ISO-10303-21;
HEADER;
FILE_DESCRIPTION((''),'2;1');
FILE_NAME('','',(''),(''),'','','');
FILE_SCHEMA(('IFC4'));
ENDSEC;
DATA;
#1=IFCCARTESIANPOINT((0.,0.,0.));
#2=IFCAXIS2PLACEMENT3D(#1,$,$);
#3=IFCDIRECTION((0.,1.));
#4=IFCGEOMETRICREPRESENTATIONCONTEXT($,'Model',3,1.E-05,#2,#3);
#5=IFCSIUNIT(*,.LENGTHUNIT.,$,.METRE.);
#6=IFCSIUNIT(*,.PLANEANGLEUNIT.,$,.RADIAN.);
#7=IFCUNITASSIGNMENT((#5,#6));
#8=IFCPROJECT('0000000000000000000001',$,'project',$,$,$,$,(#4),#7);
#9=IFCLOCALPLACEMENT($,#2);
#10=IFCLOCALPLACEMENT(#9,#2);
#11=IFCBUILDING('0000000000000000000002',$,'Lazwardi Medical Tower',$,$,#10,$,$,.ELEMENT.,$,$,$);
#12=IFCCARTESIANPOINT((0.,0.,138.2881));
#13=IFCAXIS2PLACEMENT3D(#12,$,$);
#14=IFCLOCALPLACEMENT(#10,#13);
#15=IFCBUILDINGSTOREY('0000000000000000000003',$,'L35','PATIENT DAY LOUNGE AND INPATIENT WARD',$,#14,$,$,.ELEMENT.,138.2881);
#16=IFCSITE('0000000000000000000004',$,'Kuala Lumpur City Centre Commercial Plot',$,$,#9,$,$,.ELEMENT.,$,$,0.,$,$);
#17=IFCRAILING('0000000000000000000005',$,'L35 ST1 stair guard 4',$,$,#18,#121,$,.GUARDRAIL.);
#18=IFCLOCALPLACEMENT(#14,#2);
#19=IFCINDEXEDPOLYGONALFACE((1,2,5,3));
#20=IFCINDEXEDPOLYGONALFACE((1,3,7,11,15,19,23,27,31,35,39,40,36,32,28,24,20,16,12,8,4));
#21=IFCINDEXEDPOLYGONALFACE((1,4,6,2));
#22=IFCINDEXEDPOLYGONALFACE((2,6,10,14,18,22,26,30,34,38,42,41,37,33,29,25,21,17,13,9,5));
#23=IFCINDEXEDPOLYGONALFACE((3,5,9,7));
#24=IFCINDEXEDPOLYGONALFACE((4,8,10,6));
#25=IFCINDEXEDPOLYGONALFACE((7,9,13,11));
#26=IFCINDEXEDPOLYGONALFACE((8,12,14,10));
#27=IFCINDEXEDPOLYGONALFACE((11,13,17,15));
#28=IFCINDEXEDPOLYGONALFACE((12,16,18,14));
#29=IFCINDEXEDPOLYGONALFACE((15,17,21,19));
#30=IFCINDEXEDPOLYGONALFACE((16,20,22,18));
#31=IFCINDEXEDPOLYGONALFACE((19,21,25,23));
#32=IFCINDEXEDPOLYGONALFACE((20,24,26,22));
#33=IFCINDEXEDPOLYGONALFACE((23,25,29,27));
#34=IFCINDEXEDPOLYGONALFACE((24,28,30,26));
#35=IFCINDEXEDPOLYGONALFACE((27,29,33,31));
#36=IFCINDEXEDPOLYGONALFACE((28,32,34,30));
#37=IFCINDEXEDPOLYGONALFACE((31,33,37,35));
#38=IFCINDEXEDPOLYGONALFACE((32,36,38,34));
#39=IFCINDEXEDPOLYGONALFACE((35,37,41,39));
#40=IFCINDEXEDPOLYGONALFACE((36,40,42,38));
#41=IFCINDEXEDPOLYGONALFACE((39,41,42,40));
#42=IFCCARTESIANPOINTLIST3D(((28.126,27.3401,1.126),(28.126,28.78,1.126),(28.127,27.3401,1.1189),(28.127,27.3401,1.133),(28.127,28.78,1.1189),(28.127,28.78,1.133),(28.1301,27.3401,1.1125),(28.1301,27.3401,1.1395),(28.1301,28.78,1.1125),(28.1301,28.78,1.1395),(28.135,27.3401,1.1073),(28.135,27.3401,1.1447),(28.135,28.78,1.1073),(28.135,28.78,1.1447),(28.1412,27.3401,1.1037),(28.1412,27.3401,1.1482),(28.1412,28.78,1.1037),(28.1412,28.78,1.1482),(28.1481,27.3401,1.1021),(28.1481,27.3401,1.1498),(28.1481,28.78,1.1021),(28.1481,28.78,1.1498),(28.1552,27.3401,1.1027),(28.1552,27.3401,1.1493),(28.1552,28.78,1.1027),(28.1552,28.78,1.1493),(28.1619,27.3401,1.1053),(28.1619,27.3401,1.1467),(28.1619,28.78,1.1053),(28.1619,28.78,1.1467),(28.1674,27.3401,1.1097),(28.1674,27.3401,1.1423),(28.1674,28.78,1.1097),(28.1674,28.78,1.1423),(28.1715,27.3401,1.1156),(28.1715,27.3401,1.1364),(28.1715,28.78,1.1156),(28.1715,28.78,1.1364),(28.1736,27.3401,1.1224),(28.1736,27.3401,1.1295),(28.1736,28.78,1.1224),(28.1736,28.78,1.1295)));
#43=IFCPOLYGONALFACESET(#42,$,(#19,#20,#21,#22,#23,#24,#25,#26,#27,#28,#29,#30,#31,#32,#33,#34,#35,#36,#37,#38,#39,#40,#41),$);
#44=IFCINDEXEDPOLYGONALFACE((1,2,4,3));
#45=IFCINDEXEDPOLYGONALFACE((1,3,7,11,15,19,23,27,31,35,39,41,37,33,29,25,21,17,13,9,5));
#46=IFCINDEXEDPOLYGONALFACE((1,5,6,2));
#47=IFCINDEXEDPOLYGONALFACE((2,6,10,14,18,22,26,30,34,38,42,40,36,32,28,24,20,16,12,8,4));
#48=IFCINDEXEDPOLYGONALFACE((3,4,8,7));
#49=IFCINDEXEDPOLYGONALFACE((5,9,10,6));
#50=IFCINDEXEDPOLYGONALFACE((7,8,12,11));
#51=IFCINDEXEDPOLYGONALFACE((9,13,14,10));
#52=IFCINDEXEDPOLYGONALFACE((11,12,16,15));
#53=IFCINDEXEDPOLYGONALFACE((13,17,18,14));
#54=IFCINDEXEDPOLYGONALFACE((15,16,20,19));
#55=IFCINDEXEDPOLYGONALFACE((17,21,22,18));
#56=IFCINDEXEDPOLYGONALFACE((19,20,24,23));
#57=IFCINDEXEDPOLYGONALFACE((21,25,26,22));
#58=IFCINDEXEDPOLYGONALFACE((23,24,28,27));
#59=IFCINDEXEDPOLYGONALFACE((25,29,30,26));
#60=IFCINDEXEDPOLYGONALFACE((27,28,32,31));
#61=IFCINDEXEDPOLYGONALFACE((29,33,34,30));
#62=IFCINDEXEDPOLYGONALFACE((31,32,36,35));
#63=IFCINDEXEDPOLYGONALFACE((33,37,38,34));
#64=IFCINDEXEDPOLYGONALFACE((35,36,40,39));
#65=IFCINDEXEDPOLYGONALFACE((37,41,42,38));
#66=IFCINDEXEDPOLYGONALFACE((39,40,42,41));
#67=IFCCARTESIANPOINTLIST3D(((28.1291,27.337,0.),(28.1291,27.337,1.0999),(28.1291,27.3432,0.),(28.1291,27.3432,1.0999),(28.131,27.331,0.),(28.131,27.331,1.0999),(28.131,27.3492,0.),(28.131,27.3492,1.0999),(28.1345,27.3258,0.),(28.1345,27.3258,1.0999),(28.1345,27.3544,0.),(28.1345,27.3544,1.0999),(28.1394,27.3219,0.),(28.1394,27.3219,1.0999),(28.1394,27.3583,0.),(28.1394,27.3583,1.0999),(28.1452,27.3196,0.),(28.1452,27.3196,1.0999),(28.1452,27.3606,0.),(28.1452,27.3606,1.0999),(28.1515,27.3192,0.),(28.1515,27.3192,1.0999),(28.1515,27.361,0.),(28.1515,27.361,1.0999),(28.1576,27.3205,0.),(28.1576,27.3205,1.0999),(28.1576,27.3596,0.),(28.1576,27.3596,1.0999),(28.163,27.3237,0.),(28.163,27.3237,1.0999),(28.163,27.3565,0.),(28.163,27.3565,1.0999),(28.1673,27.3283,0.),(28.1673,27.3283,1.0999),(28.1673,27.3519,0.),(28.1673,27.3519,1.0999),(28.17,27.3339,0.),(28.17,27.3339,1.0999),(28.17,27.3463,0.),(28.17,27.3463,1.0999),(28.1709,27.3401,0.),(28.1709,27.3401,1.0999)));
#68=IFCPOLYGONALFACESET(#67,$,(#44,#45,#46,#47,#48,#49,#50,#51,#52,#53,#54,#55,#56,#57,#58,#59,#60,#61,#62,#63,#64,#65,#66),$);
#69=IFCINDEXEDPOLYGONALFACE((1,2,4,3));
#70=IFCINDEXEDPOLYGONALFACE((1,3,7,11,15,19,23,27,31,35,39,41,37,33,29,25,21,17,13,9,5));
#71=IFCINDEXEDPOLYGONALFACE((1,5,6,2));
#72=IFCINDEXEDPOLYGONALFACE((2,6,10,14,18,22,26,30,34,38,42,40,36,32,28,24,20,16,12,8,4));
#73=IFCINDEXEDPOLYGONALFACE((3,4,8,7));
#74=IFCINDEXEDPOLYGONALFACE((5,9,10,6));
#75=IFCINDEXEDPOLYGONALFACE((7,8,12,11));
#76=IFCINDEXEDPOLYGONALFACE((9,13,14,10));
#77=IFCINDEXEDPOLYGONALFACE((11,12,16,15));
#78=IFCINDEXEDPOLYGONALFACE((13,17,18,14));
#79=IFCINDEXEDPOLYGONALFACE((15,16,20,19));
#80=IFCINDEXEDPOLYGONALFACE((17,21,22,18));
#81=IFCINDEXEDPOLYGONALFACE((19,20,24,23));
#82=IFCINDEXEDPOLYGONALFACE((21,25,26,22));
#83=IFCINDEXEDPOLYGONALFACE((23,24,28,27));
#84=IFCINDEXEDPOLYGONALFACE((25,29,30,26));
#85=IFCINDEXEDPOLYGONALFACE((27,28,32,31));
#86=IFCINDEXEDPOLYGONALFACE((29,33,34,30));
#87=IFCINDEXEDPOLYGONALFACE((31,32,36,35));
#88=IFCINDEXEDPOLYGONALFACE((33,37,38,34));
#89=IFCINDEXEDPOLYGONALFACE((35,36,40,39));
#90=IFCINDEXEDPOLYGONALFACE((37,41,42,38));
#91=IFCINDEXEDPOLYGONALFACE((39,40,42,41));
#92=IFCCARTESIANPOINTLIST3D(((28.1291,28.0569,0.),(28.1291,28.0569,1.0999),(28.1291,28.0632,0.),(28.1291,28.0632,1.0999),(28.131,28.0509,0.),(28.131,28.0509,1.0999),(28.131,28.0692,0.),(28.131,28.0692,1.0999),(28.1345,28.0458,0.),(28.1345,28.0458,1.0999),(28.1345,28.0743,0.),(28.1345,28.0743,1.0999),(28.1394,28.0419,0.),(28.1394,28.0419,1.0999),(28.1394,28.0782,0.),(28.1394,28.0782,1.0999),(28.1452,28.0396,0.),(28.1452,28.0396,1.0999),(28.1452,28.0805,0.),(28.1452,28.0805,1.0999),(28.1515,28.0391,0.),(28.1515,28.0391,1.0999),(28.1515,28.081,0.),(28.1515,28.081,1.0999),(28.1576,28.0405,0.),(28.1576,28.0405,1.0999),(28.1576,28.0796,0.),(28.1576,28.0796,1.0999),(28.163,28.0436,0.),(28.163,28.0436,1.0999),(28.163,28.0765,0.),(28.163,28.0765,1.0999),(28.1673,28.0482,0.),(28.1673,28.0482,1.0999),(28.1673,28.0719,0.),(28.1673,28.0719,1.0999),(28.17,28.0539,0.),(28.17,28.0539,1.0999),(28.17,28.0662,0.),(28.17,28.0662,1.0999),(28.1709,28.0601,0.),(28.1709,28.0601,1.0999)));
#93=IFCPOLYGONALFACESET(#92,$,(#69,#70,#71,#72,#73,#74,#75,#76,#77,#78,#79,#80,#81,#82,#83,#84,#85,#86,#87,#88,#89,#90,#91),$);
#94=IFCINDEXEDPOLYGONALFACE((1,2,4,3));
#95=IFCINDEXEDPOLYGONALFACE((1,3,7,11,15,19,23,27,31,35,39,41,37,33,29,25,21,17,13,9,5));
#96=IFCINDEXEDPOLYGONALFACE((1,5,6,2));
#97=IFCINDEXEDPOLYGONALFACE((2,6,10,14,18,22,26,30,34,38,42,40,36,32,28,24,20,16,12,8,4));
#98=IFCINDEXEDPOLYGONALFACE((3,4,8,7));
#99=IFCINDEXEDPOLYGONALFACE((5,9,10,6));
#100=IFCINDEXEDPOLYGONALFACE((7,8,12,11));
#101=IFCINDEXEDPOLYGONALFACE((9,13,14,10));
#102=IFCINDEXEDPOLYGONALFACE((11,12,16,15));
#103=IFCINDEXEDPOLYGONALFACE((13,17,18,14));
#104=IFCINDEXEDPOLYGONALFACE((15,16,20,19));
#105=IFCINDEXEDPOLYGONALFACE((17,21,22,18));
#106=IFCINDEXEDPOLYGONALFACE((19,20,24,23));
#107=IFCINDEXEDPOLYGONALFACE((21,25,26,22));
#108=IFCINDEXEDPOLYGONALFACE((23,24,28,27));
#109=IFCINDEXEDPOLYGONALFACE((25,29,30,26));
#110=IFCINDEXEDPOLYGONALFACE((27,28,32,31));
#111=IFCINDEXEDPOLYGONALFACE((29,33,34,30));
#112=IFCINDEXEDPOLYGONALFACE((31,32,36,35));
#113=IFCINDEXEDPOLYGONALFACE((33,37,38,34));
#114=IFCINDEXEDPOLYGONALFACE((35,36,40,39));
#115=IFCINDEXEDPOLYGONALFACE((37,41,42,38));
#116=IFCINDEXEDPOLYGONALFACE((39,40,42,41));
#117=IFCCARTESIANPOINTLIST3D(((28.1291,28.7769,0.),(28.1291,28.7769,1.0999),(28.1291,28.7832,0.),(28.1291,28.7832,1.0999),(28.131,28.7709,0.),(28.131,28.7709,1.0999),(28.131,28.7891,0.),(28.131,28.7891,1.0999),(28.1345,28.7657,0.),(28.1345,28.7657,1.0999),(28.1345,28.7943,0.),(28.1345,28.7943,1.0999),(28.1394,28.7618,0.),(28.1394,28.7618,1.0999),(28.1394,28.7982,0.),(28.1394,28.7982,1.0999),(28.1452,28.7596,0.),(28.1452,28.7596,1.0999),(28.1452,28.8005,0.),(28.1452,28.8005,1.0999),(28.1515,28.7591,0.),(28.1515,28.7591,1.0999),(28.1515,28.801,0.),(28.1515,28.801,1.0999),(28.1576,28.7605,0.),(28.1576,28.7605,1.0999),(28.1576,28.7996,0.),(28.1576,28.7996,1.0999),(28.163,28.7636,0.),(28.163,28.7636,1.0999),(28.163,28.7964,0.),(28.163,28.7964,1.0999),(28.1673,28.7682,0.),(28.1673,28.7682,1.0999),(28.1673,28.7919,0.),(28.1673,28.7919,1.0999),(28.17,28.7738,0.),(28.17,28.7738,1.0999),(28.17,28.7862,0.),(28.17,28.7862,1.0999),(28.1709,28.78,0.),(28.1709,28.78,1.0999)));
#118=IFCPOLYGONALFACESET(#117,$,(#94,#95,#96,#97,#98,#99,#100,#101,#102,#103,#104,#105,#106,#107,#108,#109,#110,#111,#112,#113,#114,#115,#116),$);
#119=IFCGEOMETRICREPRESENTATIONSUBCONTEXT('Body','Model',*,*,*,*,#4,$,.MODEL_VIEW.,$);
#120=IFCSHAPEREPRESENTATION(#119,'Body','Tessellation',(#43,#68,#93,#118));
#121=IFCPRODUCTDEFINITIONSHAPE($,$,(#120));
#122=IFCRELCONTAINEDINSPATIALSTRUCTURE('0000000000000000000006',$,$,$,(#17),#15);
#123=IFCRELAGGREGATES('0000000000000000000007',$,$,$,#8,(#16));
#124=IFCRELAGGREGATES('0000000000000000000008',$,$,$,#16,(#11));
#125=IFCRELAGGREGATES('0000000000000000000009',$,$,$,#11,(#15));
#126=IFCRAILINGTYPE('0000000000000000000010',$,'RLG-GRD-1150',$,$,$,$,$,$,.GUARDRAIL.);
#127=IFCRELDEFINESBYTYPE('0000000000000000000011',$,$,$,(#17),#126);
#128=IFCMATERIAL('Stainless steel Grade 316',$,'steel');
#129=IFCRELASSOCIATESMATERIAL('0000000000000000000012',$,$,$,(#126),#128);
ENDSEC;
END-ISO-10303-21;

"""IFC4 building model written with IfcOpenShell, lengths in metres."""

from ifc_helpers import new_model, si_unit, direction, frame, origin, origin_2d, place, context, subcontext, project, spatial, circle, extrude, material, type_object, element, save


model = new_model("IFC4")

# Units and contexts
model_context = context("Model", 3, precision=1e-05, world=origin(), true_north=direction((0.0, 1.0)))
body_context = subcontext(model_context, "Body", "Model", "MODEL_VIEW")
ifc_project = project(units=[si_unit("LENGTHUNIT", "METRE"), si_unit("PLANEANGLEUNIT", "RADIAN")], contexts=[model_context])

# Site, building, storey
site_placement = place(None, origin())
site = spatial("IfcSite", under=ifc_project, at=site_placement, Name="Kuala Lumpur City Centre Commercial Plot", CompositionType="ELEMENT", RefElevation=0.0)
building_placement = place(site_placement, origin())
building = spatial("IfcBuilding", under=site, at=building_placement, Name="Lazwardi Medical Tower", CompositionType="ELEMENT")
storey_placement = place(building_placement, frame((0.0, 0.0, 138.2881)))
storey = spatial("IfcBuildingStorey", under=building, at=storey_placement, Name="L35", Description="PATIENT DAY LOUNGE AND INPATIENT WARD", CompositionType="ELEMENT", Elevation=138.2881)

# Railing
ifc_material_1 = material(Name="Stainless steel Grade 316", Category="steel")
railing_type_1 = type_object("IfcRailingType", Name="RLG-GRD-1150", PredefinedType="GUARDRAIL", material=ifc_material_1)
railing_1_placement = place(storey_placement, frame((28.1499, 27.3401, 0.0)))
element("IfcRailing", 1, at=railing_1_placement, inside=storey, type_object=railing_type_1, Name="L35 ST1 stair guard 4", PredefinedType="GUARDRAIL", context=body_context, shape_type="SweptSolid", body=[
    extrude(circle(Radius=0.0239, at=origin_2d()), frame((0.0, 0.0, 1.126), z_axis=(0.0, 1.0, 0.0), x_axis=(-1.0, 0.0, 0.0)), (0.0, 0.0, 1.0), 1.4399),
    extrude(circle(Radius=0.021, at=origin_2d()), origin(), (0.0, 0.0, 1.0), 1.0999),
    extrude(circle(Radius=0.021, at=origin_2d()), frame((0.0, 0.72, 0.0)), (0.0, 0.0, 1.0), 1.0999),
    extrude(circle(Radius=0.021, at=origin_2d()), frame((0.0, 1.4399, 0.0)), (0.0, 0.0, 1.0), 1.0999),
])

save(model, "model.ifc")
